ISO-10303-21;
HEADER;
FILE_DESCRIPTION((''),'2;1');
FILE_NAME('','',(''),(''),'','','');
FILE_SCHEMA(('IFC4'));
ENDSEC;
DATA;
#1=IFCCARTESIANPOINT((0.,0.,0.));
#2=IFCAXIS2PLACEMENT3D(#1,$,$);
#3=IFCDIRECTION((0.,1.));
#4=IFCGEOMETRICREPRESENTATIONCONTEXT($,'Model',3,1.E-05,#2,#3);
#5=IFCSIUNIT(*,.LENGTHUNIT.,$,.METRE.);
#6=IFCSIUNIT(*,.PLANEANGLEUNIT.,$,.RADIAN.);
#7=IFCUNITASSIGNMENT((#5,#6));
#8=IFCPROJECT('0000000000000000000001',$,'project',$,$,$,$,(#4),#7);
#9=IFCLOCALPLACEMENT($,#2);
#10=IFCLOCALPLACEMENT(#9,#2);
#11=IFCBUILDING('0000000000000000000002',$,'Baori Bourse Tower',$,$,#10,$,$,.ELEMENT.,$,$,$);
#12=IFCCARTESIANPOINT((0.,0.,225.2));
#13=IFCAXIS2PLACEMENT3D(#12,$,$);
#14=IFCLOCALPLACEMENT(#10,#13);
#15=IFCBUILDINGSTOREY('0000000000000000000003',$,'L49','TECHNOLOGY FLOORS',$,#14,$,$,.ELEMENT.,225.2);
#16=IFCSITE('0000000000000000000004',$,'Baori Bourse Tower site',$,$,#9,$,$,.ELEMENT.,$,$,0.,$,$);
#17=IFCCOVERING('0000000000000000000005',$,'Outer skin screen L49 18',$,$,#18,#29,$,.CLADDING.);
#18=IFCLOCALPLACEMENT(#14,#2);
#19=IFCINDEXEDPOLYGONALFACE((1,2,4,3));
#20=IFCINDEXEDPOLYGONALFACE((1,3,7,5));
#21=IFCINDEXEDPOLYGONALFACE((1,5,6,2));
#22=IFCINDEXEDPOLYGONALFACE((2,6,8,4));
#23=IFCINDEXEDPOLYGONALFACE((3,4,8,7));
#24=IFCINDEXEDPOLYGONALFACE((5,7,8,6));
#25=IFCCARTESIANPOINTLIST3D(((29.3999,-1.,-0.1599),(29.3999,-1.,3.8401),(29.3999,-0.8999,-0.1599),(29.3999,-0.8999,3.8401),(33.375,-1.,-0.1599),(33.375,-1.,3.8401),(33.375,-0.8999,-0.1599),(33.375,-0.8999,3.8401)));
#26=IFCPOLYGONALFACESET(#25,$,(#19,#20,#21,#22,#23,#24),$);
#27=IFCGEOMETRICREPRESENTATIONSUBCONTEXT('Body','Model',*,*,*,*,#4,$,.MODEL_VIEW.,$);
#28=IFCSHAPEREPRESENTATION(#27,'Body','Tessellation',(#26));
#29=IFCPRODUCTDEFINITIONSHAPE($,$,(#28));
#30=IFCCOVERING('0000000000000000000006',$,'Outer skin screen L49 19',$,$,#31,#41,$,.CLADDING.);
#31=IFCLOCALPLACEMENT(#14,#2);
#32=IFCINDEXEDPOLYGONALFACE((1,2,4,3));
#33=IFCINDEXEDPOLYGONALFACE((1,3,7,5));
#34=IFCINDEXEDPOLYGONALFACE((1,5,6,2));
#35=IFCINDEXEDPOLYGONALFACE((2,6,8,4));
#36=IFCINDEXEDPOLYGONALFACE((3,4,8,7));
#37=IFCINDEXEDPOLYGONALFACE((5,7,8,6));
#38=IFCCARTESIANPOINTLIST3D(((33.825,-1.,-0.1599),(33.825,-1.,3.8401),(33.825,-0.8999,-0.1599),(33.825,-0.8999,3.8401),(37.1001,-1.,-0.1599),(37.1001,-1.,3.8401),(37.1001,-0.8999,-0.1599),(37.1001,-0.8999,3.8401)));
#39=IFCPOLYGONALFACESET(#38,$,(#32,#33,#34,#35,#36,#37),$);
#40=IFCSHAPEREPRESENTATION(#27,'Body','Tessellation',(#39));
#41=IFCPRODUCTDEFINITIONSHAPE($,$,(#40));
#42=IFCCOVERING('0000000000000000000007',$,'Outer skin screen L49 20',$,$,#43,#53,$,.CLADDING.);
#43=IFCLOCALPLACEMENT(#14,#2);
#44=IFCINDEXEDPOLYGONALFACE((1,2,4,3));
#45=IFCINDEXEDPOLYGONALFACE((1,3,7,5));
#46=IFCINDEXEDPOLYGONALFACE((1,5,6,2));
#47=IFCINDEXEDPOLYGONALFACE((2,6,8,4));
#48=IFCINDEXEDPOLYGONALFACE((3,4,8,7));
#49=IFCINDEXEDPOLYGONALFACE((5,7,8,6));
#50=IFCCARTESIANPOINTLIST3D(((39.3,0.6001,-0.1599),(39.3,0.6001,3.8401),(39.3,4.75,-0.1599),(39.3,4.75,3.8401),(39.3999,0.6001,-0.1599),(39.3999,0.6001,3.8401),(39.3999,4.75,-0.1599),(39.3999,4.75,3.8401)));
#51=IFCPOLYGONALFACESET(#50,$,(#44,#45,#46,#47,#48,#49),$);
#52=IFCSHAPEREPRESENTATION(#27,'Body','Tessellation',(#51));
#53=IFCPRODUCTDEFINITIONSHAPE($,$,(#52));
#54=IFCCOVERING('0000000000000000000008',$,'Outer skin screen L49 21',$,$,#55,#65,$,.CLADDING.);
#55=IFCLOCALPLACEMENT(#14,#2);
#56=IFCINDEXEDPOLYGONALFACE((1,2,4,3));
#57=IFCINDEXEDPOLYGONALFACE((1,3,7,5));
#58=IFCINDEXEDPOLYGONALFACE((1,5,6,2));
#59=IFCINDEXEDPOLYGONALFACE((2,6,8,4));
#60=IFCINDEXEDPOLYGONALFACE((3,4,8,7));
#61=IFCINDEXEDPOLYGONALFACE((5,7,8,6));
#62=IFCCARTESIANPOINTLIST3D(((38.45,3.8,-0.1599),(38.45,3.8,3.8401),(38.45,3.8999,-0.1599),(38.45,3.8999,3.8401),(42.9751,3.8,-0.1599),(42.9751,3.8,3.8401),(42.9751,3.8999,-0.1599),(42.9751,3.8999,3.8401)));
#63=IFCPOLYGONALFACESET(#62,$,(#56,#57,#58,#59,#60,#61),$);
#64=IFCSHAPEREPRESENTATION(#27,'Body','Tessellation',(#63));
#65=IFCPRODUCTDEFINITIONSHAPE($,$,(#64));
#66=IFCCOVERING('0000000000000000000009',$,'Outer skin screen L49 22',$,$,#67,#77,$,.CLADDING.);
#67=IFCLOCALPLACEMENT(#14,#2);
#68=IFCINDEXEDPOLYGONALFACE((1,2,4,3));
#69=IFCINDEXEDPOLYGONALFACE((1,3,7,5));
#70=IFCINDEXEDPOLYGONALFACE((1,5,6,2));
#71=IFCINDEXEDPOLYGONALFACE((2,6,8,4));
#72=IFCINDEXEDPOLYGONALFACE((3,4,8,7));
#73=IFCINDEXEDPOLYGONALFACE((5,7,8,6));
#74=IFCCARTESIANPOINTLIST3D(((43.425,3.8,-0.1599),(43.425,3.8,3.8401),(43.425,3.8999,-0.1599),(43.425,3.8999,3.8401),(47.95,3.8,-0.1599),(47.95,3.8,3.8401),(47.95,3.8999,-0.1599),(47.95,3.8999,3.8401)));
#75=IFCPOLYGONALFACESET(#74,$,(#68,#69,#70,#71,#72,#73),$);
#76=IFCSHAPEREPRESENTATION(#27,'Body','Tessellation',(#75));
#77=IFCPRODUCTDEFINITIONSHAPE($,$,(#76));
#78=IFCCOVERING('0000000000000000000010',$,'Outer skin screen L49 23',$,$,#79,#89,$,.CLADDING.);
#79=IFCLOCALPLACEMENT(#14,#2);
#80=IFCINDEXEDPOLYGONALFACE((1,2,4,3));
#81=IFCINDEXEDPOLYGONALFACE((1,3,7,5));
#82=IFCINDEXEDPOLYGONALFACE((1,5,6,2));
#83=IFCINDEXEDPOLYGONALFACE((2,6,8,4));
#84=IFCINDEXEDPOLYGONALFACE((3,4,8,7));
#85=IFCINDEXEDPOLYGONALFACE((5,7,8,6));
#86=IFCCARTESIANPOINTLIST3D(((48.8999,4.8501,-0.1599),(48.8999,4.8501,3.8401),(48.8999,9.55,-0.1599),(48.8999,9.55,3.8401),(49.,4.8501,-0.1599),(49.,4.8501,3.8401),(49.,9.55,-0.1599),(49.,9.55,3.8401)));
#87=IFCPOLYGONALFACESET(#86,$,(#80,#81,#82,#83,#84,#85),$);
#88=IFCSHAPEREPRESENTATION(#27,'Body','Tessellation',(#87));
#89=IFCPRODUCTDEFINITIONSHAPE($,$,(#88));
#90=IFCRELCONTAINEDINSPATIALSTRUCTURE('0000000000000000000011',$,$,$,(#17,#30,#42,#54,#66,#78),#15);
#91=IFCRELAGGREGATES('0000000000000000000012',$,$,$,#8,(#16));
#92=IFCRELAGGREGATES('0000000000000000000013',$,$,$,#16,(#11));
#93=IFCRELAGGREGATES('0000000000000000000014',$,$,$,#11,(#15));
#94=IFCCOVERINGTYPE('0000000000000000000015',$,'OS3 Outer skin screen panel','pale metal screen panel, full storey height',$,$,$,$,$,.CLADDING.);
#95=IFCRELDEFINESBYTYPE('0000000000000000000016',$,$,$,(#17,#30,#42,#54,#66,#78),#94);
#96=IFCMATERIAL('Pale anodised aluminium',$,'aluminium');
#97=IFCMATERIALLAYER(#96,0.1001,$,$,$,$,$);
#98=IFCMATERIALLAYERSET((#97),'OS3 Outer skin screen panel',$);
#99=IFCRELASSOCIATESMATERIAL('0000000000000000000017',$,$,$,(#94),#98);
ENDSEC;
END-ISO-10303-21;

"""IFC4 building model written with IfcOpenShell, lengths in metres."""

from ifc_helpers import new_model, si_unit, direction, frame, origin, place, context, subcontext, project, spatial, polyline, outline, extrude, material, layer, layer_set, type_object, element, save


model = new_model("IFC4")

# Units and contexts
model_context = context("Model", 3, precision=1e-05, world=origin(), true_north=direction((0.0, 1.0)))
body_context = subcontext(model_context, "Body", "Model", "MODEL_VIEW")
ifc_project = project(units=[si_unit("LENGTHUNIT", "METRE"), si_unit("PLANEANGLEUNIT", "RADIAN")], contexts=[model_context])

# Site, building, storey
site_placement = place(None, origin())
site = spatial("IfcSite", under=ifc_project, at=site_placement, Name="Baori Bourse Tower site", CompositionType="ELEMENT", RefElevation=0.0)
building_placement = place(site_placement, origin())
building = spatial("IfcBuilding", under=site, at=building_placement, Name="Baori Bourse Tower", CompositionType="ELEMENT")
storey_placement = place(building_placement, frame((0.0, 0.0, 225.2)))
storey = spatial("IfcBuildingStorey", under=building, at=storey_placement, Name="L49", Description="TECHNOLOGY FLOORS", CompositionType="ELEMENT", Elevation=225.2)

# Coverings
ifc_material_1 = material(Name="Pale anodised aluminium", Category="aluminium")
ifc_layer_1 = layer(ifc_material_1, 0.1001)
ifc_layer_set_1 = layer_set([ifc_layer_1], Name="OS3 Outer skin screen panel")
covering_type = type_object("IfcCoveringType", Name="OS3 Outer skin screen panel", Description="pale metal screen panel, full storey height", PredefinedType="CLADDING", material=ifc_layer_set_1)
covering_1_placement = place(storey_placement, frame((0.0, 0.0, -0.1599)))
element("IfcCovering", 1, at=covering_1_placement, inside=storey, type_object=covering_type, Name="Outer skin screen L49 18", PredefinedType="CLADDING", context=body_context, shape_type="SweptSolid", body=[
    extrude(outline(polyline([(33.375, -0.8999), (29.3999, -0.8999), (29.3999, -1.0), (33.375, -1.0), (33.375, -0.8999)])), origin(), (0.0, 0.0, 1.0), 4.0),
])
covering_2_placement = place(storey_placement, frame((0.0, 0.0, -0.1599)))
element("IfcCovering", 2, at=covering_2_placement, inside=storey, type_object=covering_type, Name="Outer skin screen L49 19", PredefinedType="CLADDING", context=body_context, shape_type="SweptSolid", body=[
    extrude(outline(polyline([(37.1001, -0.8999), (33.825, -0.8999), (33.825, -1.0), (37.1001, -1.0), (37.1001, -0.8999)])), origin(), (0.0, 0.0, 1.0), 4.0),
])
covering_3_placement = place(storey_placement, frame((0.0, 0.0, -0.1599)))
element("IfcCovering", 3, at=covering_3_placement, inside=storey, type_object=covering_type, Name="Outer skin screen L49 20", PredefinedType="CLADDING", context=body_context, shape_type="SweptSolid", body=[
    extrude(outline(polyline([(39.3, 4.75), (39.3, 0.6001), (39.3999, 0.6001), (39.3999, 4.75), (39.3, 4.75)])), origin(), (0.0, 0.0, 1.0), 4.0),
])
covering_4_placement = place(storey_placement, frame((0.0, 0.0, -0.1599)))
element("IfcCovering", 4, at=covering_4_placement, inside=storey, type_object=covering_type, Name="Outer skin screen L49 21", PredefinedType="CLADDING", context=body_context, shape_type="SweptSolid", body=[
    extrude(outline(polyline([(42.9751, 3.8999), (38.45, 3.8999), (38.45, 3.8), (42.9751, 3.8), (42.9751, 3.8999)])), origin(), (0.0, 0.0, 1.0), 4.0),
])
covering_5_placement = place(storey_placement, frame((0.0, 0.0, -0.1599)))
element("IfcCovering", 5, at=covering_5_placement, inside=storey, type_object=covering_type, Name="Outer skin screen L49 22", PredefinedType="CLADDING", context=body_context, shape_type="SweptSolid", body=[
    extrude(outline(polyline([(47.95, 3.8999), (43.425, 3.8999), (43.425, 3.8), (47.95, 3.8), (47.95, 3.8999)])), origin(), (0.0, 0.0, 1.0), 4.0),
])
covering_6_placement = place(storey_placement, frame((0.0, 0.0, -0.1599)))
element("IfcCovering", 6, at=covering_6_placement, inside=storey, type_object=covering_type, Name="Outer skin screen L49 23", PredefinedType="CLADDING", context=body_context, shape_type="SweptSolid", body=[
    extrude(outline(polyline([(48.8999, 9.55), (48.8999, 4.8501), (49.0, 4.8501), (49.0, 9.55), (48.8999, 9.55)])), origin(), (0.0, 0.0, 1.0), 4.0),
])

save(model, "model.ifc")
